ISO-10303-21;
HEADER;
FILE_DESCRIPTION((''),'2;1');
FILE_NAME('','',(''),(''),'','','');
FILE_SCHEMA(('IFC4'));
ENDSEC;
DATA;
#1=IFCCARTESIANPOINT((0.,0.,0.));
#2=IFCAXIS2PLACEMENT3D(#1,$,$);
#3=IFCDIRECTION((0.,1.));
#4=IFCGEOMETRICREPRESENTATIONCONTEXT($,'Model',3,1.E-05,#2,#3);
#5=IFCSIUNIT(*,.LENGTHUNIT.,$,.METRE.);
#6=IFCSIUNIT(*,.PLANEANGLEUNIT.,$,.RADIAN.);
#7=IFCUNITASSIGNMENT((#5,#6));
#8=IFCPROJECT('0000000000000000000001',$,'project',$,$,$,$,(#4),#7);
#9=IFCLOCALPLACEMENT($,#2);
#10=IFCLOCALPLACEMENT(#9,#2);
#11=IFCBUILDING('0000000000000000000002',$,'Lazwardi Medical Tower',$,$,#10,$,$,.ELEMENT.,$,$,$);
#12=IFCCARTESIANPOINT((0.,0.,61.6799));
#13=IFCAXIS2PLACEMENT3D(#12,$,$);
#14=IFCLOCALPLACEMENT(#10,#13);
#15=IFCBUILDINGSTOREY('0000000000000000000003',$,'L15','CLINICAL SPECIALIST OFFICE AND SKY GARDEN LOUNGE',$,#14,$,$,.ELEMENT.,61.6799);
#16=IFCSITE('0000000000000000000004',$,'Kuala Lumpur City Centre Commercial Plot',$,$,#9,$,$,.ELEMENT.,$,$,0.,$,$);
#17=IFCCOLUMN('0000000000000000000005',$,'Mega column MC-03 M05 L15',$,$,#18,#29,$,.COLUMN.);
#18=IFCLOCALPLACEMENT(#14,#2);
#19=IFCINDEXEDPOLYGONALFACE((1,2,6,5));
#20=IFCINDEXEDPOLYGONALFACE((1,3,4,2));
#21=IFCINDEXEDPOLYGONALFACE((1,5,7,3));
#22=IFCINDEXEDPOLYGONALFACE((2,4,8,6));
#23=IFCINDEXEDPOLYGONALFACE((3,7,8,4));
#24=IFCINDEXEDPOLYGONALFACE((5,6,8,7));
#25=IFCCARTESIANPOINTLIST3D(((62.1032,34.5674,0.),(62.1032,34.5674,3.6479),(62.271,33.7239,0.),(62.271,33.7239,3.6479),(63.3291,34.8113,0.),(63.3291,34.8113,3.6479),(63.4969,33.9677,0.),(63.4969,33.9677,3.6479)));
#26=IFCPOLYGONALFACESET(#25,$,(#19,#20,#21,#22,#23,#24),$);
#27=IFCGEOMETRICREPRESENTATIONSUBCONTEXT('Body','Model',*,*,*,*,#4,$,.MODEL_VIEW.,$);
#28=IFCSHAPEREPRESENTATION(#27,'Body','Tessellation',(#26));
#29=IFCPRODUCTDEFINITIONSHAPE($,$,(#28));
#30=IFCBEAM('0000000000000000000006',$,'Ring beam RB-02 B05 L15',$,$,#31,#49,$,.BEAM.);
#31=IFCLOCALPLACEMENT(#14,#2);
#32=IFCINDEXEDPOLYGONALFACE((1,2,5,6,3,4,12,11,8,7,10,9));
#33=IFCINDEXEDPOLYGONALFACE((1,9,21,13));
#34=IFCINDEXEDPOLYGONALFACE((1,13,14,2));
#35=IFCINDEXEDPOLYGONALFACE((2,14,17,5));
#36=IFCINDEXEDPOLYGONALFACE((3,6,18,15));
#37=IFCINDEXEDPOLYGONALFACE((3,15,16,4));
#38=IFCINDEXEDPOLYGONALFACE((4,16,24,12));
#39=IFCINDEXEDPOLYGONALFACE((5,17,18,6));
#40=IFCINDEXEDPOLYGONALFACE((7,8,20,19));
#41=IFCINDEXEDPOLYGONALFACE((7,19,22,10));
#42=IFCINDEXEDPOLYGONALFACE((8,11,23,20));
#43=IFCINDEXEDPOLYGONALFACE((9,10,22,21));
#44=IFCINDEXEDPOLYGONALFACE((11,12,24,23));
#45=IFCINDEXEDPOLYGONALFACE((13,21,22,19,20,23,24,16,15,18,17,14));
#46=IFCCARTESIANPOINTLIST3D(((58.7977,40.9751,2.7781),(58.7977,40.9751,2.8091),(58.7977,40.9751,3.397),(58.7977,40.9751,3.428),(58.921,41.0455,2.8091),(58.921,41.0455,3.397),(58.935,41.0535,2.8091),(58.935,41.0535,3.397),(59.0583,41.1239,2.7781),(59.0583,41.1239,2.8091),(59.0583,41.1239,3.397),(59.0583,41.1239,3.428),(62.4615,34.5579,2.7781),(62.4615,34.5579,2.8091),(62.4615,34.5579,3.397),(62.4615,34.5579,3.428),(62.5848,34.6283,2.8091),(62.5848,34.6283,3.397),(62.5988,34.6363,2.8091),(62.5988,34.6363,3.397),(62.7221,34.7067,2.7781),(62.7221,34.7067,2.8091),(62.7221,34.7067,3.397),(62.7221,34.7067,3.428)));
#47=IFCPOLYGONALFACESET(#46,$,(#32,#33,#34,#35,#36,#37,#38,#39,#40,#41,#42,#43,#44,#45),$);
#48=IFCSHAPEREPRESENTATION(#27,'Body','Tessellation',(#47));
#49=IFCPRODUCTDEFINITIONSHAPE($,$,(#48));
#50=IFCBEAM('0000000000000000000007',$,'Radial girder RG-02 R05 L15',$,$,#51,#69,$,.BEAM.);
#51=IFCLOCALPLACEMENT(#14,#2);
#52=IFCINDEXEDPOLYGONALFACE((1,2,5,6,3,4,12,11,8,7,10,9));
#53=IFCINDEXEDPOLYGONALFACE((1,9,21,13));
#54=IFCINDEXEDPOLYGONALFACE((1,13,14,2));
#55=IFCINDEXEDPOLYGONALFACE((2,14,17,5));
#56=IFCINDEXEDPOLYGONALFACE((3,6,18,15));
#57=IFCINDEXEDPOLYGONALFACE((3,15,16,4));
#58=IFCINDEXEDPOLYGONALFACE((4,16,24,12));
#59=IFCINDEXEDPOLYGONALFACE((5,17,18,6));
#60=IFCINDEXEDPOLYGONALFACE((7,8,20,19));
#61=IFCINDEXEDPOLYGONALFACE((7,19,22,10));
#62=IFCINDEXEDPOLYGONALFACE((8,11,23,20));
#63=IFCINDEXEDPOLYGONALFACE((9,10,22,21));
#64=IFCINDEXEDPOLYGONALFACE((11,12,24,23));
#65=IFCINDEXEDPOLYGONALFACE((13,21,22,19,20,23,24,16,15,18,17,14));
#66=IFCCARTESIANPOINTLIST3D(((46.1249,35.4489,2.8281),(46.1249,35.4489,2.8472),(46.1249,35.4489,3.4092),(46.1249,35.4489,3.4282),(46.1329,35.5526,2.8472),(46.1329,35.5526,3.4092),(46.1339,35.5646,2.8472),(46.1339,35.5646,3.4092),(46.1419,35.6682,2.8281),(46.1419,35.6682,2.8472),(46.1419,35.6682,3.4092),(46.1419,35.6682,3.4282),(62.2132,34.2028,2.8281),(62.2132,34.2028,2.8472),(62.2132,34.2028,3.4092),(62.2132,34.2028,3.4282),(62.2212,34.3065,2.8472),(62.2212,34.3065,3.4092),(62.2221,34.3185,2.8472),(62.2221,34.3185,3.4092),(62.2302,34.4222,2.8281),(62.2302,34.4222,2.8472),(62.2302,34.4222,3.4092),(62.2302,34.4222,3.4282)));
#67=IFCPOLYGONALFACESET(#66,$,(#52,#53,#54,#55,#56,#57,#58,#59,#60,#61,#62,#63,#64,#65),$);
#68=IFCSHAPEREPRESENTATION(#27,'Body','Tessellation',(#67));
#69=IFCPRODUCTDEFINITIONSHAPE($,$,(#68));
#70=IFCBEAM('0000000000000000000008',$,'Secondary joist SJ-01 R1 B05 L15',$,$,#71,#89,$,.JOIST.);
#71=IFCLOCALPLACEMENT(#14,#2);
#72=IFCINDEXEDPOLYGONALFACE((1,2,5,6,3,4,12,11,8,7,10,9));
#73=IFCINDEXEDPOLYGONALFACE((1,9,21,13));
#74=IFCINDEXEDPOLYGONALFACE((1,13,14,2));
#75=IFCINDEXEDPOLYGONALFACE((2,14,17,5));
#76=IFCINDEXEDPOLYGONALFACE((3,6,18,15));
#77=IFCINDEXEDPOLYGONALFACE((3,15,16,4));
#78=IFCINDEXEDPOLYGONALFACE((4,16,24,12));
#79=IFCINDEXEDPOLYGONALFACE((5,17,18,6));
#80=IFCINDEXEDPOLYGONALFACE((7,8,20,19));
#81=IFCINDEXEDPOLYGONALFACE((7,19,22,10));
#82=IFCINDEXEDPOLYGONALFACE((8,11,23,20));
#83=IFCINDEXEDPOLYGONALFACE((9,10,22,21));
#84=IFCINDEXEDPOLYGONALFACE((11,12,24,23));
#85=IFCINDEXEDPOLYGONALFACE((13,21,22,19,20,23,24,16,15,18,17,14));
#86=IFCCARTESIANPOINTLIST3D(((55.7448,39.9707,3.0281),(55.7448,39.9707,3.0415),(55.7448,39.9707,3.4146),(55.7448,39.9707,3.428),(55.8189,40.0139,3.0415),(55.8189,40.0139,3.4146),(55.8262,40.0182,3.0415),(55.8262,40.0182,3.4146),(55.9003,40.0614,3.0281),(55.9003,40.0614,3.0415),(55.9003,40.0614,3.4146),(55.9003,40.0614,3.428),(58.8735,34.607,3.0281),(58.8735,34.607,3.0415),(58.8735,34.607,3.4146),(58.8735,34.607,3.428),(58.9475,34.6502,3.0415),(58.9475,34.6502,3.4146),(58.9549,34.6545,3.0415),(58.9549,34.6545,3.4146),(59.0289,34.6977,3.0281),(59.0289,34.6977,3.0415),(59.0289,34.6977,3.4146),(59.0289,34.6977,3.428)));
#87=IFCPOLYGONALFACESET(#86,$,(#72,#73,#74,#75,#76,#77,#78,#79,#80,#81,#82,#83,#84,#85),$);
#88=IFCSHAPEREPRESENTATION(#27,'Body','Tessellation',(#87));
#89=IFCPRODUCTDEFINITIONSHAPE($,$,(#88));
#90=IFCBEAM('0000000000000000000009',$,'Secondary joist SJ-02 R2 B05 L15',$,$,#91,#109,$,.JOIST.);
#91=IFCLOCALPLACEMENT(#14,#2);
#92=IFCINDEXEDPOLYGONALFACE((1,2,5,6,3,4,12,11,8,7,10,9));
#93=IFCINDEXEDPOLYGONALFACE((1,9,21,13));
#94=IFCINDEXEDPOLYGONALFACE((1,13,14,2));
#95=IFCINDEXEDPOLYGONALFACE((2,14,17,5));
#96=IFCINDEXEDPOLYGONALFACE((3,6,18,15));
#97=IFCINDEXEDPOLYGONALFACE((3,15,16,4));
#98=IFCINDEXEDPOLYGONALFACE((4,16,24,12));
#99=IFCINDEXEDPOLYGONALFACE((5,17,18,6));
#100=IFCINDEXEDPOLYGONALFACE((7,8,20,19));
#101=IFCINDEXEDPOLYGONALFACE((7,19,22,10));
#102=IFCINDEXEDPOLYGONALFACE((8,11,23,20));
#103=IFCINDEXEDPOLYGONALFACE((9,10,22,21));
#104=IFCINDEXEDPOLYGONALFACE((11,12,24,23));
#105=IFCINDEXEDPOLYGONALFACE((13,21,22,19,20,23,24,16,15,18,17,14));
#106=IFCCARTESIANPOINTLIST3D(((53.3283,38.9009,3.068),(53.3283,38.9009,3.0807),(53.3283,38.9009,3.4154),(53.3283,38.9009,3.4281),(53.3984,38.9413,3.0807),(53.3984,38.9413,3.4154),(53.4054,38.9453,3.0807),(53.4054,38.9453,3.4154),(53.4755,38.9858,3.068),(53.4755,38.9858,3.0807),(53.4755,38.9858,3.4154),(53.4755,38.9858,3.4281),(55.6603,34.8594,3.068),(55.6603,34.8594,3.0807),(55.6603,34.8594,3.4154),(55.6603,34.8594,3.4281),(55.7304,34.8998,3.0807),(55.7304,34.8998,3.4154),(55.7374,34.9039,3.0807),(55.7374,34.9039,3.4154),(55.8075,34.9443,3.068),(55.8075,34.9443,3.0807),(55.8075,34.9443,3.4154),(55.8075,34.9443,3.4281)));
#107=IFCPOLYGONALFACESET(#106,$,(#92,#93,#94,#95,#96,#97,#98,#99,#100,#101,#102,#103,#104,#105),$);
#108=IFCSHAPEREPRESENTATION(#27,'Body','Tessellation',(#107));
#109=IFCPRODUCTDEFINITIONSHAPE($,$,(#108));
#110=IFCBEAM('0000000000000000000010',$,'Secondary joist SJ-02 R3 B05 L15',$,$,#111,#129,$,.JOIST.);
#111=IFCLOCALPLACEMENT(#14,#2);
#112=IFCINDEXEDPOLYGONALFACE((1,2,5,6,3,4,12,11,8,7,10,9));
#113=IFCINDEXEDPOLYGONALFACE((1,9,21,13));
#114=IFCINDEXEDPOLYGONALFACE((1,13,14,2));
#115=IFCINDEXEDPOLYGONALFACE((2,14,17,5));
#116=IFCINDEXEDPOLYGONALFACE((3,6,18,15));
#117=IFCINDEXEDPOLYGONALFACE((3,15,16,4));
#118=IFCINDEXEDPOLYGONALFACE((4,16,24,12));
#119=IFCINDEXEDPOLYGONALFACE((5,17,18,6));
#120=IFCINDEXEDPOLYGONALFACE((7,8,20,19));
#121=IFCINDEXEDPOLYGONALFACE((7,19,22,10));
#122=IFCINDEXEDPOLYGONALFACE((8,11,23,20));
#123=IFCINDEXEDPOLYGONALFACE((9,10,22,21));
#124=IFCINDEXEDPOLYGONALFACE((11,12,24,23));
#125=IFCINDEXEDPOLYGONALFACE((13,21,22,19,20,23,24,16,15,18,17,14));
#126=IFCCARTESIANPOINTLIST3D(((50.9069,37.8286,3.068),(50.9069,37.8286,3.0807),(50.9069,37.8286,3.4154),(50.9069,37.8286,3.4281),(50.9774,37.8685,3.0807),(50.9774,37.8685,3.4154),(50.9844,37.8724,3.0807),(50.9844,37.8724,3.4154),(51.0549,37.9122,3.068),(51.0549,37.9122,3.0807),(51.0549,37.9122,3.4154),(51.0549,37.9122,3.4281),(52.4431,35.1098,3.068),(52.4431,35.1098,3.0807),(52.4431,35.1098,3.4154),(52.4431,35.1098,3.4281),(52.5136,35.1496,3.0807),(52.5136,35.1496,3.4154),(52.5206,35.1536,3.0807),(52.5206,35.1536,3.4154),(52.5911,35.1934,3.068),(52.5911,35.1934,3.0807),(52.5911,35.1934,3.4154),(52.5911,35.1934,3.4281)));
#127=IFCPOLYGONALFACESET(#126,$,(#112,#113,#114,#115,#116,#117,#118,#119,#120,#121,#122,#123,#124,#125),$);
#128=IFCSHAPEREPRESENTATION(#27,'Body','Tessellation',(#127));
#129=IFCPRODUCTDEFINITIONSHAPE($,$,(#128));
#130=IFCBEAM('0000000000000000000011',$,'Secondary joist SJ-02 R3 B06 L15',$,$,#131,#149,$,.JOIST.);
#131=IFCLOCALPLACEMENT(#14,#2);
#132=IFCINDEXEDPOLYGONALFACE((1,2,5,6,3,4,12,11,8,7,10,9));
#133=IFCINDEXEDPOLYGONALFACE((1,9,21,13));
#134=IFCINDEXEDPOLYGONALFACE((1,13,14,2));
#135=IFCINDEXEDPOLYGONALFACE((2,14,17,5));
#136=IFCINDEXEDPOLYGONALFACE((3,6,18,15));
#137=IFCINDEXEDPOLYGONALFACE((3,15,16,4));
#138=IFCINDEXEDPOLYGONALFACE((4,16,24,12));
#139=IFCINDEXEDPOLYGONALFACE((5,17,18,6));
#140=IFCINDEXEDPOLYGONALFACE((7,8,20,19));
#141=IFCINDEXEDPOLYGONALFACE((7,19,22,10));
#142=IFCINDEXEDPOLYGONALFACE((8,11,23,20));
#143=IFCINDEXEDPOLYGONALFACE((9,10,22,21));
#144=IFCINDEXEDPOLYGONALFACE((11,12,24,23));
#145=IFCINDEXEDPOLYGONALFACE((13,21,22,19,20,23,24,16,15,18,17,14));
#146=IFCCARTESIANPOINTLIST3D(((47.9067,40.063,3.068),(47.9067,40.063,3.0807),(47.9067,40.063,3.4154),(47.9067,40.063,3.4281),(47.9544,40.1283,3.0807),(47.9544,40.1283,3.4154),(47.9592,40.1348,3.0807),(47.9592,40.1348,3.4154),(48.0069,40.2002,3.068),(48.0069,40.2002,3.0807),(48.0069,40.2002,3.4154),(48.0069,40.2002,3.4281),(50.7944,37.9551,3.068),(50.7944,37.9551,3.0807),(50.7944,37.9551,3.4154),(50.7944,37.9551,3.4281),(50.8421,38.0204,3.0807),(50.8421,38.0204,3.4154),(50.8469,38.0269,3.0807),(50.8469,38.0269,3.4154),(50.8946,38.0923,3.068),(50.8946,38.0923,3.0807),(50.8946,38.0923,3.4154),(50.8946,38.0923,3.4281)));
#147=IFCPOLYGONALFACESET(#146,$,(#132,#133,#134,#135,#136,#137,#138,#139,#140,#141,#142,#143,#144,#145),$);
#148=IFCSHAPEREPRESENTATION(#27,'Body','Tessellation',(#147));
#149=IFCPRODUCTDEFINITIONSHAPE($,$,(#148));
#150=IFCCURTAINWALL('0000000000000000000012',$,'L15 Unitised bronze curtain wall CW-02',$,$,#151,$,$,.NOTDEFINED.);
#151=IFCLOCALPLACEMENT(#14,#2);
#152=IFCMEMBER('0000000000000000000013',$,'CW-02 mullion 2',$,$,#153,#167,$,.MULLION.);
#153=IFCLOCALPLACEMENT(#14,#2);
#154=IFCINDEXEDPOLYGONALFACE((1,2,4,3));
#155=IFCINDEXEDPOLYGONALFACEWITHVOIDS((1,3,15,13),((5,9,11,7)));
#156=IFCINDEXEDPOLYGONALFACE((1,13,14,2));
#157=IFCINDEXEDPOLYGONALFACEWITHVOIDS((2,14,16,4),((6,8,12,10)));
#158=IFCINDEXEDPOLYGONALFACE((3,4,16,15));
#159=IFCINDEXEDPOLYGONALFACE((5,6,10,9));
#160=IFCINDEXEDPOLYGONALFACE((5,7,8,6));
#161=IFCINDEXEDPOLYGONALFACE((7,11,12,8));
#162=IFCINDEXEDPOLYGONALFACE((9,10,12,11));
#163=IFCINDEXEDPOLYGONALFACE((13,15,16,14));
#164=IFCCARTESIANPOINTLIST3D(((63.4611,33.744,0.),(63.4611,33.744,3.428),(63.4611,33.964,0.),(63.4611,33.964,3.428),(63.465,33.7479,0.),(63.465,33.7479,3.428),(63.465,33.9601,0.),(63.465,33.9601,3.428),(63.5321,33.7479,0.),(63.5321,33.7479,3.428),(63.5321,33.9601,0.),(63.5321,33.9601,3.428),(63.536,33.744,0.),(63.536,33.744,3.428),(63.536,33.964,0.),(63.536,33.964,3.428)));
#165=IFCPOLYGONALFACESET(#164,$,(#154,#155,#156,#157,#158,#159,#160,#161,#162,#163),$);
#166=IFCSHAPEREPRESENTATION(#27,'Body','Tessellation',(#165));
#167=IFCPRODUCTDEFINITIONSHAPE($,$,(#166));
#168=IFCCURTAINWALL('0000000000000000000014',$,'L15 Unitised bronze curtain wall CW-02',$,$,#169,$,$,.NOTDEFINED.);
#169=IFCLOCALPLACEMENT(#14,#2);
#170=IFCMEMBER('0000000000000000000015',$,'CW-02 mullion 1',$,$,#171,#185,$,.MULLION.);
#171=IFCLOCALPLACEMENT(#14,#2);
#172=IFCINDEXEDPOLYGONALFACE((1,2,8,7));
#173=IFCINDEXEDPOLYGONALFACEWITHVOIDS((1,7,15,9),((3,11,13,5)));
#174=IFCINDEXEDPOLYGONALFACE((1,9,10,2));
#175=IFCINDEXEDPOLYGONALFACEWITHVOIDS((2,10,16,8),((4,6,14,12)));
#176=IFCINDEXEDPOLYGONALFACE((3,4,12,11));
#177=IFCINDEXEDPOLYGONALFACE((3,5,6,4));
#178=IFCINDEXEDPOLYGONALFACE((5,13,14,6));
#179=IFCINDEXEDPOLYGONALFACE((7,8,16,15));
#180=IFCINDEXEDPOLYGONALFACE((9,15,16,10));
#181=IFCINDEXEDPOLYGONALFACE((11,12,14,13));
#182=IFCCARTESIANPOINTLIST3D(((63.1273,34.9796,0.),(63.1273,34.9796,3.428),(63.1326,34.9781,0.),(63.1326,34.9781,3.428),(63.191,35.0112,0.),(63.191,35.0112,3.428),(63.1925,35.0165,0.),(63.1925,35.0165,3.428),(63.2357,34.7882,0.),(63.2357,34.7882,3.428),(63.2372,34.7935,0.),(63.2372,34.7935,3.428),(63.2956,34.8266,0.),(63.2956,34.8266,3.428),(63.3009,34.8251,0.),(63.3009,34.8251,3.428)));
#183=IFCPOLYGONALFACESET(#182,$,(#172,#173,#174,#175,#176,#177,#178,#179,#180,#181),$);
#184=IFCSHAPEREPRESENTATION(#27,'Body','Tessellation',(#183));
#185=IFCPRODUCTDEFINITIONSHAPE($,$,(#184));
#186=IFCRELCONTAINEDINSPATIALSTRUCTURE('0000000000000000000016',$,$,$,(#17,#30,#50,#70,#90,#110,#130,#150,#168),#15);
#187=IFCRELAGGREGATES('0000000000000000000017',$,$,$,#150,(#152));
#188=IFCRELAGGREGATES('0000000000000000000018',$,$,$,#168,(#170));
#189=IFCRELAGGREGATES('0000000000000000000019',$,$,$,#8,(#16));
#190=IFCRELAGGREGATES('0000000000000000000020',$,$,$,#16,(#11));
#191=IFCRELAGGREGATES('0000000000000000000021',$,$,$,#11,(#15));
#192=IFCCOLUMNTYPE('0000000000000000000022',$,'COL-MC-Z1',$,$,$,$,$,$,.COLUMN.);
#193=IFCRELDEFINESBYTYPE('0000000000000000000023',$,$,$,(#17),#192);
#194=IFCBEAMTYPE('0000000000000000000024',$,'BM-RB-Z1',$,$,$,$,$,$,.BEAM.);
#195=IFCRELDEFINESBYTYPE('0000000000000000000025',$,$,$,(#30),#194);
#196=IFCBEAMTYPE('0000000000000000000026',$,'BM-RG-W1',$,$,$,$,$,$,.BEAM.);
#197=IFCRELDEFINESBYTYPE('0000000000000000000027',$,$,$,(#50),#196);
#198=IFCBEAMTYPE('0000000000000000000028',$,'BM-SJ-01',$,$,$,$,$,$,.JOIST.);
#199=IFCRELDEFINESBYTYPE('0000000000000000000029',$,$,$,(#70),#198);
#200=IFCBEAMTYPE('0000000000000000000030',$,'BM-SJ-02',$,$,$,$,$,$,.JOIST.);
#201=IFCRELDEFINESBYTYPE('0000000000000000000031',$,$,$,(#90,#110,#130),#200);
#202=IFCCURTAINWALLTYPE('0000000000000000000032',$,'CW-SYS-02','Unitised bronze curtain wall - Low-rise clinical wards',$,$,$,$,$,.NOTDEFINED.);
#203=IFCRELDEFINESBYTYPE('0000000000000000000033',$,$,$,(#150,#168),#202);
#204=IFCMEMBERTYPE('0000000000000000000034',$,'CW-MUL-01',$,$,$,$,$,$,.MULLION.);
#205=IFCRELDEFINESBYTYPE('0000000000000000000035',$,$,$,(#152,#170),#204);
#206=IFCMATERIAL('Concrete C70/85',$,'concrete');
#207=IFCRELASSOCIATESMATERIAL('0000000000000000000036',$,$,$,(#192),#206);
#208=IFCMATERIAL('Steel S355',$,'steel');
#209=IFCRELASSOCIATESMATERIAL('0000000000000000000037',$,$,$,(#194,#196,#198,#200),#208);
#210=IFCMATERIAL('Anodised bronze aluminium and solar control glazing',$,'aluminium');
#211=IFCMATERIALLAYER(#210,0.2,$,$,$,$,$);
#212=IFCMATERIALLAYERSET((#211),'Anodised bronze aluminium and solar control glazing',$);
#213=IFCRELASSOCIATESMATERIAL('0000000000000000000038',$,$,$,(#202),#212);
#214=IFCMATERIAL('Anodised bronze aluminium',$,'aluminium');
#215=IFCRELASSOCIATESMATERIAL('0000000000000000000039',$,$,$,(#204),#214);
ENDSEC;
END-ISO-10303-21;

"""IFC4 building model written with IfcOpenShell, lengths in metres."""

from ifc_helpers import new_model, si_unit, direction, frame, origin, origin_2d, place, context, subcontext, project, spatial, rectangle, hollow_rectangle, i_section, extrude, material, layer, layer_set, material_profile, profile_set, type_object, element, aggregate, save


model = new_model("IFC4")

# Units and contexts
model_context = context("Model", 3, precision=1e-05, world=origin(), true_north=direction((0.0, 1.0)))
body_context = subcontext(model_context, "Body", "Model", "MODEL_VIEW")
ifc_project = project(units=[si_unit("LENGTHUNIT", "METRE"), si_unit("PLANEANGLEUNIT", "RADIAN")], contexts=[model_context])

# Site, building, storey
site_placement = place(None, origin())
site = spatial("IfcSite", under=ifc_project, at=site_placement, Name="Kuala Lumpur City Centre Commercial Plot", CompositionType="ELEMENT", RefElevation=0.0)
building_placement = place(site_placement, origin())
building = spatial("IfcBuilding", under=site, at=building_placement, Name="Lazwardi Medical Tower", CompositionType="ELEMENT")
storey_placement = place(building_placement, frame((0.0, 0.0, 61.6799)))
storey = spatial("IfcBuildingStorey", under=building, at=storey_placement, Name="L15", Description="CLINICAL SPECIALIST OFFICE AND SKY GARDEN LOUNGE", CompositionType="ELEMENT", Elevation=61.6799)

# Column
ifc_material_1 = material(Name="Concrete C70/85", Category="concrete")
ifc_material_profile_1 = material_profile(ifc_material_1, rectangle(XDim=1.25, YDim=0.8601, at=origin_2d()), Name="CFT-RECT 1250x860")
ifc_profile_set_1 = profile_set([ifc_material_profile_1], Name="Concrete C70/85")
column_type = type_object("IfcColumnType", Name="COL-MC-Z1", PredefinedType="COLUMN", material=ifc_profile_set_1)
column_placement = place(storey_placement, frame((62.8, 34.2676, 0.0), z_axis=(0.0, 0.0, 1.0), x_axis=(0.980785, 0.19509, 0.0)))
element("IfcColumn", 1, at=column_placement, inside=storey, type_object=column_type, Name="Mega column MC-03 M05 L15", PredefinedType="COLUMN", context=body_context, shape_type="SweptSolid", body=[
    extrude(rectangle(XDim=1.25, YDim=0.8601, at=origin_2d()), origin(), (0.0, 0.0, 1.0), 3.6479),
])

# Beams
ifc_material_2 = material(Name="Steel S355", Category="steel")
ifc_material_profile_2 = material_profile(ifc_material_2, i_section(OverallWidth=0.3, OverallDepth=0.6499, WebThickness=0.0161, FlangeThickness=0.031, at=origin_2d()), Name="HEB 650")
ifc_profile_set_2 = profile_set([ifc_material_profile_2], Name="Steel S355")
beam_type_1 = type_object("IfcBeamType", Name="BM-RB-Z1", PredefinedType="BEAM", material=ifc_profile_set_2)
beam_1_placement = place(storey_placement, frame((62.5918, 34.6323, 3.103), z_axis=(-0.495815, 0.868428, 0.0), x_axis=(-0.868428, -0.495815, 0.0)))
element("IfcBeam", 2, at=beam_1_placement, inside=storey, type_object=beam_type_1, Name="Ring beam RB-02 B05 L15", PredefinedType="BEAM", context=body_context, shape_type="SweptSolid", body=[
    extrude(i_section(OverallWidth=0.3, OverallDepth=0.6499, WebThickness=0.0161, FlangeThickness=0.031, at=origin_2d()), origin(), (0.0, 0.0, 1.0), 7.3894),
])
ifc_material_profile_3 = material_profile(ifc_material_2, i_section(OverallWidth=0.22, OverallDepth=0.6001, WebThickness=0.012, FlangeThickness=0.019, at=origin_2d()), Name="IPE 600")
ifc_profile_set_3 = profile_set([ifc_material_profile_3], Name="Steel S355")
beam_type_2 = type_object("IfcBeamType", Name="BM-RG-W1", PredefinedType="BEAM", material=ifc_profile_set_3)
beam_2_placement = place(storey_placement, frame((62.2217, 34.3125, 3.1282), z_axis=(-0.997014, 0.077222, 0.0), x_axis=(-0.077222, -0.997014, 0.0)))
element("IfcBeam", 3, at=beam_2_placement, inside=storey, type_object=beam_type_2, Name="Radial girder RG-02 R05 L15", PredefinedType="BEAM", context=body_context, shape_type="SweptSolid", body=[
    extrude(i_section(OverallWidth=0.22, OverallDepth=0.6001, WebThickness=0.012, FlangeThickness=0.019, at=origin_2d()), origin(), (0.0, 0.0, 1.0), 16.1365),
])
ifc_material_profile_4 = material_profile(ifc_material_2, i_section(OverallWidth=0.1799, OverallDepth=0.3999, WebThickness=0.0085, FlangeThickness=0.0134, at=origin_2d()), Name="IPE 400")
ifc_profile_set_4 = profile_set([ifc_material_profile_4], Name="Steel S355")
beam_type_3 = type_object("IfcBeamType", Name="BM-SJ-01", PredefinedType="JOIST", material=ifc_profile_set_4)
beam_3_placement = place(storey_placement, frame((58.9512, 34.6523, 3.228), z_axis=(-0.503847, 0.863793, 0.0), x_axis=(-0.863793, -0.503847, 0.0)))
element("IfcBeam", 4, at=beam_3_placement, inside=storey, type_object=beam_type_3, Name="Secondary joist SJ-01 R1 B05 L15", PredefinedType="JOIST", context=body_context, shape_type="SweptSolid", body=[
    extrude(i_section(OverallWidth=0.1799, OverallDepth=0.3999, WebThickness=0.0085, FlangeThickness=0.0134, at=origin_2d()), origin(), (0.0, 0.0, 1.0), 6.2095),
])
ifc_material_profile_5 = material_profile(ifc_material_2, i_section(OverallWidth=0.1699, OverallDepth=0.3601, WebThickness=0.0081, FlangeThickness=0.0127, at=origin_2d()), Name="IPE 360")
ifc_profile_set_5 = profile_set([ifc_material_profile_5], Name="Steel S355")
beam_type_4 = type_object("IfcBeamType", Name="BM-SJ-02", PredefinedType="JOIST", material=ifc_profile_set_5)
beam_4_placement = place(storey_placement, frame((55.7339, 34.9019, 3.248), z_axis=(-0.499786, 0.866149, 0.0), x_axis=(-0.866149, -0.499786, 0.0)))
element("IfcBeam", 5, at=beam_4_placement, inside=storey, type_object=beam_type_4, Name="Secondary joist SJ-02 R2 B05 L15", PredefinedType="JOIST", context=body_context, shape_type="SweptSolid", body=[
    extrude(i_section(OverallWidth=0.1699, OverallDepth=0.3601, WebThickness=0.0081, FlangeThickness=0.0127, at=origin_2d()), origin(), (0.0, 0.0, 1.0), 4.666),
])
beam_5_placement = place(storey_placement, frame((52.5171, 35.1516, 3.248), z_axis=(-0.491923, 0.870639, 0.0), x_axis=(-0.870639, -0.491923, 0.0)))
element("IfcBeam", 6, at=beam_5_placement, inside=storey, type_object=beam_type_4, Name="Secondary joist SJ-02 R3 B05 L15", PredefinedType="JOIST", context=body_context, shape_type="SweptSolid", body=[
    extrude(i_section(OverallWidth=0.1699, OverallDepth=0.3601, WebThickness=0.0081, FlangeThickness=0.0127, at=origin_2d()), origin(), (0.0, 0.0, 1.0), 3.1228),
])
beam_6_placement = place(storey_placement, frame((50.8445, 38.0237, 3.248), z_axis=(-0.807701, 0.589592, 0.0), x_axis=(-0.589592, -0.807701, 0.0)))
element("IfcBeam", 7, at=beam_6_placement, inside=storey, type_object=beam_type_4, Name="Secondary joist SJ-02 R3 B06 L15", PredefinedType="JOIST", context=body_context, shape_type="SweptSolid", body=[
    extrude(i_section(OverallWidth=0.1699, OverallDepth=0.3601, WebThickness=0.0081, FlangeThickness=0.0127, at=origin_2d()), origin(), (0.0, 0.0, 1.0), 3.5752),
])

# Curtain wall, member
ifc_material_3 = material(Name="Anodised bronze aluminium and solar control glazing", Category="aluminium")
ifc_layer_1 = layer(ifc_material_3, 0.2)
ifc_layer_set_1 = layer_set([ifc_layer_1], Name="Anodised bronze aluminium and solar control glazing")
curtain_wall_type = type_object("IfcCurtainWallType", Name="CW-SYS-02", Description="Unitised bronze curtain wall - Low-rise clinical wards", PredefinedType="NOTDEFINED", material=ifc_layer_set_1)
curtain_wall_1_placement = place(storey_placement, origin())
curtain_wall_1 = element("IfcCurtainWall", 8, at=curtain_wall_1_placement, inside=storey, type_object=curtain_wall_type, Name="L15 Unitised bronze curtain wall CW-02", PredefinedType="NOTDEFINED")
ifc_material_4 = material(Name="Anodised bronze aluminium", Category="aluminium")
ifc_material_profile_6 = material_profile(ifc_material_4, hollow_rectangle(XDim=0.075, YDim=0.22, WallThickness=0.0039, at=origin_2d()), Name="ALU-MULLION 220x75x4")
ifc_profile_set_6 = profile_set([ifc_material_profile_6], Name="Anodised bronze aluminium")
member_type_1 = type_object("IfcMemberType", Name="CW-MUL-01", PredefinedType="MULLION", material=ifc_profile_set_6)
member_1_placement = place(storey_placement, frame((63.4985, 33.854, 0.0), z_axis=(0.0, 0.0, 1.0), x_axis=(-1.0, 0.0, 0.0)))
member_1 = element("IfcMember", 9, at=member_1_placement, type_object=member_type_1, Name="CW-02 mullion 2", PredefinedType="MULLION", context=body_context, shape_type="SweptSolid", body=[
    extrude(hollow_rectangle(XDim=0.075, YDim=0.22, WallThickness=0.0039, at=origin_2d()), origin(), (0.0, 0.0, 1.0), 3.428),
])

# Curtain wall, member
curtain_wall_2_placement = place(storey_placement, origin())
curtain_wall_2 = element("IfcCurtainWall", 10, at=curtain_wall_2_placement, inside=storey, type_object=curtain_wall_type, Name="L15 Unitised bronze curtain wall CW-02", PredefinedType="NOTDEFINED")
member_2_placement = place(storey_placement, frame((63.2141, 34.9023, 0.0), z_axis=(0.0, 0.0, 1.0), x_axis=(-0.870112, -0.492854, 0.0)))
member_2 = element("IfcMember", 11, at=member_2_placement, type_object=member_type_1, Name="CW-02 mullion 1", PredefinedType="MULLION", context=body_context, shape_type="SweptSolid", body=[
    extrude(hollow_rectangle(XDim=0.075, YDim=0.22, WallThickness=0.0039, at=origin_2d()), origin(), (0.0, 0.0, 1.0), 3.428),
])

aggregate(curtain_wall_1, [member_1])
aggregate(curtain_wall_2, [member_2])

save(model, "model.ifc")
